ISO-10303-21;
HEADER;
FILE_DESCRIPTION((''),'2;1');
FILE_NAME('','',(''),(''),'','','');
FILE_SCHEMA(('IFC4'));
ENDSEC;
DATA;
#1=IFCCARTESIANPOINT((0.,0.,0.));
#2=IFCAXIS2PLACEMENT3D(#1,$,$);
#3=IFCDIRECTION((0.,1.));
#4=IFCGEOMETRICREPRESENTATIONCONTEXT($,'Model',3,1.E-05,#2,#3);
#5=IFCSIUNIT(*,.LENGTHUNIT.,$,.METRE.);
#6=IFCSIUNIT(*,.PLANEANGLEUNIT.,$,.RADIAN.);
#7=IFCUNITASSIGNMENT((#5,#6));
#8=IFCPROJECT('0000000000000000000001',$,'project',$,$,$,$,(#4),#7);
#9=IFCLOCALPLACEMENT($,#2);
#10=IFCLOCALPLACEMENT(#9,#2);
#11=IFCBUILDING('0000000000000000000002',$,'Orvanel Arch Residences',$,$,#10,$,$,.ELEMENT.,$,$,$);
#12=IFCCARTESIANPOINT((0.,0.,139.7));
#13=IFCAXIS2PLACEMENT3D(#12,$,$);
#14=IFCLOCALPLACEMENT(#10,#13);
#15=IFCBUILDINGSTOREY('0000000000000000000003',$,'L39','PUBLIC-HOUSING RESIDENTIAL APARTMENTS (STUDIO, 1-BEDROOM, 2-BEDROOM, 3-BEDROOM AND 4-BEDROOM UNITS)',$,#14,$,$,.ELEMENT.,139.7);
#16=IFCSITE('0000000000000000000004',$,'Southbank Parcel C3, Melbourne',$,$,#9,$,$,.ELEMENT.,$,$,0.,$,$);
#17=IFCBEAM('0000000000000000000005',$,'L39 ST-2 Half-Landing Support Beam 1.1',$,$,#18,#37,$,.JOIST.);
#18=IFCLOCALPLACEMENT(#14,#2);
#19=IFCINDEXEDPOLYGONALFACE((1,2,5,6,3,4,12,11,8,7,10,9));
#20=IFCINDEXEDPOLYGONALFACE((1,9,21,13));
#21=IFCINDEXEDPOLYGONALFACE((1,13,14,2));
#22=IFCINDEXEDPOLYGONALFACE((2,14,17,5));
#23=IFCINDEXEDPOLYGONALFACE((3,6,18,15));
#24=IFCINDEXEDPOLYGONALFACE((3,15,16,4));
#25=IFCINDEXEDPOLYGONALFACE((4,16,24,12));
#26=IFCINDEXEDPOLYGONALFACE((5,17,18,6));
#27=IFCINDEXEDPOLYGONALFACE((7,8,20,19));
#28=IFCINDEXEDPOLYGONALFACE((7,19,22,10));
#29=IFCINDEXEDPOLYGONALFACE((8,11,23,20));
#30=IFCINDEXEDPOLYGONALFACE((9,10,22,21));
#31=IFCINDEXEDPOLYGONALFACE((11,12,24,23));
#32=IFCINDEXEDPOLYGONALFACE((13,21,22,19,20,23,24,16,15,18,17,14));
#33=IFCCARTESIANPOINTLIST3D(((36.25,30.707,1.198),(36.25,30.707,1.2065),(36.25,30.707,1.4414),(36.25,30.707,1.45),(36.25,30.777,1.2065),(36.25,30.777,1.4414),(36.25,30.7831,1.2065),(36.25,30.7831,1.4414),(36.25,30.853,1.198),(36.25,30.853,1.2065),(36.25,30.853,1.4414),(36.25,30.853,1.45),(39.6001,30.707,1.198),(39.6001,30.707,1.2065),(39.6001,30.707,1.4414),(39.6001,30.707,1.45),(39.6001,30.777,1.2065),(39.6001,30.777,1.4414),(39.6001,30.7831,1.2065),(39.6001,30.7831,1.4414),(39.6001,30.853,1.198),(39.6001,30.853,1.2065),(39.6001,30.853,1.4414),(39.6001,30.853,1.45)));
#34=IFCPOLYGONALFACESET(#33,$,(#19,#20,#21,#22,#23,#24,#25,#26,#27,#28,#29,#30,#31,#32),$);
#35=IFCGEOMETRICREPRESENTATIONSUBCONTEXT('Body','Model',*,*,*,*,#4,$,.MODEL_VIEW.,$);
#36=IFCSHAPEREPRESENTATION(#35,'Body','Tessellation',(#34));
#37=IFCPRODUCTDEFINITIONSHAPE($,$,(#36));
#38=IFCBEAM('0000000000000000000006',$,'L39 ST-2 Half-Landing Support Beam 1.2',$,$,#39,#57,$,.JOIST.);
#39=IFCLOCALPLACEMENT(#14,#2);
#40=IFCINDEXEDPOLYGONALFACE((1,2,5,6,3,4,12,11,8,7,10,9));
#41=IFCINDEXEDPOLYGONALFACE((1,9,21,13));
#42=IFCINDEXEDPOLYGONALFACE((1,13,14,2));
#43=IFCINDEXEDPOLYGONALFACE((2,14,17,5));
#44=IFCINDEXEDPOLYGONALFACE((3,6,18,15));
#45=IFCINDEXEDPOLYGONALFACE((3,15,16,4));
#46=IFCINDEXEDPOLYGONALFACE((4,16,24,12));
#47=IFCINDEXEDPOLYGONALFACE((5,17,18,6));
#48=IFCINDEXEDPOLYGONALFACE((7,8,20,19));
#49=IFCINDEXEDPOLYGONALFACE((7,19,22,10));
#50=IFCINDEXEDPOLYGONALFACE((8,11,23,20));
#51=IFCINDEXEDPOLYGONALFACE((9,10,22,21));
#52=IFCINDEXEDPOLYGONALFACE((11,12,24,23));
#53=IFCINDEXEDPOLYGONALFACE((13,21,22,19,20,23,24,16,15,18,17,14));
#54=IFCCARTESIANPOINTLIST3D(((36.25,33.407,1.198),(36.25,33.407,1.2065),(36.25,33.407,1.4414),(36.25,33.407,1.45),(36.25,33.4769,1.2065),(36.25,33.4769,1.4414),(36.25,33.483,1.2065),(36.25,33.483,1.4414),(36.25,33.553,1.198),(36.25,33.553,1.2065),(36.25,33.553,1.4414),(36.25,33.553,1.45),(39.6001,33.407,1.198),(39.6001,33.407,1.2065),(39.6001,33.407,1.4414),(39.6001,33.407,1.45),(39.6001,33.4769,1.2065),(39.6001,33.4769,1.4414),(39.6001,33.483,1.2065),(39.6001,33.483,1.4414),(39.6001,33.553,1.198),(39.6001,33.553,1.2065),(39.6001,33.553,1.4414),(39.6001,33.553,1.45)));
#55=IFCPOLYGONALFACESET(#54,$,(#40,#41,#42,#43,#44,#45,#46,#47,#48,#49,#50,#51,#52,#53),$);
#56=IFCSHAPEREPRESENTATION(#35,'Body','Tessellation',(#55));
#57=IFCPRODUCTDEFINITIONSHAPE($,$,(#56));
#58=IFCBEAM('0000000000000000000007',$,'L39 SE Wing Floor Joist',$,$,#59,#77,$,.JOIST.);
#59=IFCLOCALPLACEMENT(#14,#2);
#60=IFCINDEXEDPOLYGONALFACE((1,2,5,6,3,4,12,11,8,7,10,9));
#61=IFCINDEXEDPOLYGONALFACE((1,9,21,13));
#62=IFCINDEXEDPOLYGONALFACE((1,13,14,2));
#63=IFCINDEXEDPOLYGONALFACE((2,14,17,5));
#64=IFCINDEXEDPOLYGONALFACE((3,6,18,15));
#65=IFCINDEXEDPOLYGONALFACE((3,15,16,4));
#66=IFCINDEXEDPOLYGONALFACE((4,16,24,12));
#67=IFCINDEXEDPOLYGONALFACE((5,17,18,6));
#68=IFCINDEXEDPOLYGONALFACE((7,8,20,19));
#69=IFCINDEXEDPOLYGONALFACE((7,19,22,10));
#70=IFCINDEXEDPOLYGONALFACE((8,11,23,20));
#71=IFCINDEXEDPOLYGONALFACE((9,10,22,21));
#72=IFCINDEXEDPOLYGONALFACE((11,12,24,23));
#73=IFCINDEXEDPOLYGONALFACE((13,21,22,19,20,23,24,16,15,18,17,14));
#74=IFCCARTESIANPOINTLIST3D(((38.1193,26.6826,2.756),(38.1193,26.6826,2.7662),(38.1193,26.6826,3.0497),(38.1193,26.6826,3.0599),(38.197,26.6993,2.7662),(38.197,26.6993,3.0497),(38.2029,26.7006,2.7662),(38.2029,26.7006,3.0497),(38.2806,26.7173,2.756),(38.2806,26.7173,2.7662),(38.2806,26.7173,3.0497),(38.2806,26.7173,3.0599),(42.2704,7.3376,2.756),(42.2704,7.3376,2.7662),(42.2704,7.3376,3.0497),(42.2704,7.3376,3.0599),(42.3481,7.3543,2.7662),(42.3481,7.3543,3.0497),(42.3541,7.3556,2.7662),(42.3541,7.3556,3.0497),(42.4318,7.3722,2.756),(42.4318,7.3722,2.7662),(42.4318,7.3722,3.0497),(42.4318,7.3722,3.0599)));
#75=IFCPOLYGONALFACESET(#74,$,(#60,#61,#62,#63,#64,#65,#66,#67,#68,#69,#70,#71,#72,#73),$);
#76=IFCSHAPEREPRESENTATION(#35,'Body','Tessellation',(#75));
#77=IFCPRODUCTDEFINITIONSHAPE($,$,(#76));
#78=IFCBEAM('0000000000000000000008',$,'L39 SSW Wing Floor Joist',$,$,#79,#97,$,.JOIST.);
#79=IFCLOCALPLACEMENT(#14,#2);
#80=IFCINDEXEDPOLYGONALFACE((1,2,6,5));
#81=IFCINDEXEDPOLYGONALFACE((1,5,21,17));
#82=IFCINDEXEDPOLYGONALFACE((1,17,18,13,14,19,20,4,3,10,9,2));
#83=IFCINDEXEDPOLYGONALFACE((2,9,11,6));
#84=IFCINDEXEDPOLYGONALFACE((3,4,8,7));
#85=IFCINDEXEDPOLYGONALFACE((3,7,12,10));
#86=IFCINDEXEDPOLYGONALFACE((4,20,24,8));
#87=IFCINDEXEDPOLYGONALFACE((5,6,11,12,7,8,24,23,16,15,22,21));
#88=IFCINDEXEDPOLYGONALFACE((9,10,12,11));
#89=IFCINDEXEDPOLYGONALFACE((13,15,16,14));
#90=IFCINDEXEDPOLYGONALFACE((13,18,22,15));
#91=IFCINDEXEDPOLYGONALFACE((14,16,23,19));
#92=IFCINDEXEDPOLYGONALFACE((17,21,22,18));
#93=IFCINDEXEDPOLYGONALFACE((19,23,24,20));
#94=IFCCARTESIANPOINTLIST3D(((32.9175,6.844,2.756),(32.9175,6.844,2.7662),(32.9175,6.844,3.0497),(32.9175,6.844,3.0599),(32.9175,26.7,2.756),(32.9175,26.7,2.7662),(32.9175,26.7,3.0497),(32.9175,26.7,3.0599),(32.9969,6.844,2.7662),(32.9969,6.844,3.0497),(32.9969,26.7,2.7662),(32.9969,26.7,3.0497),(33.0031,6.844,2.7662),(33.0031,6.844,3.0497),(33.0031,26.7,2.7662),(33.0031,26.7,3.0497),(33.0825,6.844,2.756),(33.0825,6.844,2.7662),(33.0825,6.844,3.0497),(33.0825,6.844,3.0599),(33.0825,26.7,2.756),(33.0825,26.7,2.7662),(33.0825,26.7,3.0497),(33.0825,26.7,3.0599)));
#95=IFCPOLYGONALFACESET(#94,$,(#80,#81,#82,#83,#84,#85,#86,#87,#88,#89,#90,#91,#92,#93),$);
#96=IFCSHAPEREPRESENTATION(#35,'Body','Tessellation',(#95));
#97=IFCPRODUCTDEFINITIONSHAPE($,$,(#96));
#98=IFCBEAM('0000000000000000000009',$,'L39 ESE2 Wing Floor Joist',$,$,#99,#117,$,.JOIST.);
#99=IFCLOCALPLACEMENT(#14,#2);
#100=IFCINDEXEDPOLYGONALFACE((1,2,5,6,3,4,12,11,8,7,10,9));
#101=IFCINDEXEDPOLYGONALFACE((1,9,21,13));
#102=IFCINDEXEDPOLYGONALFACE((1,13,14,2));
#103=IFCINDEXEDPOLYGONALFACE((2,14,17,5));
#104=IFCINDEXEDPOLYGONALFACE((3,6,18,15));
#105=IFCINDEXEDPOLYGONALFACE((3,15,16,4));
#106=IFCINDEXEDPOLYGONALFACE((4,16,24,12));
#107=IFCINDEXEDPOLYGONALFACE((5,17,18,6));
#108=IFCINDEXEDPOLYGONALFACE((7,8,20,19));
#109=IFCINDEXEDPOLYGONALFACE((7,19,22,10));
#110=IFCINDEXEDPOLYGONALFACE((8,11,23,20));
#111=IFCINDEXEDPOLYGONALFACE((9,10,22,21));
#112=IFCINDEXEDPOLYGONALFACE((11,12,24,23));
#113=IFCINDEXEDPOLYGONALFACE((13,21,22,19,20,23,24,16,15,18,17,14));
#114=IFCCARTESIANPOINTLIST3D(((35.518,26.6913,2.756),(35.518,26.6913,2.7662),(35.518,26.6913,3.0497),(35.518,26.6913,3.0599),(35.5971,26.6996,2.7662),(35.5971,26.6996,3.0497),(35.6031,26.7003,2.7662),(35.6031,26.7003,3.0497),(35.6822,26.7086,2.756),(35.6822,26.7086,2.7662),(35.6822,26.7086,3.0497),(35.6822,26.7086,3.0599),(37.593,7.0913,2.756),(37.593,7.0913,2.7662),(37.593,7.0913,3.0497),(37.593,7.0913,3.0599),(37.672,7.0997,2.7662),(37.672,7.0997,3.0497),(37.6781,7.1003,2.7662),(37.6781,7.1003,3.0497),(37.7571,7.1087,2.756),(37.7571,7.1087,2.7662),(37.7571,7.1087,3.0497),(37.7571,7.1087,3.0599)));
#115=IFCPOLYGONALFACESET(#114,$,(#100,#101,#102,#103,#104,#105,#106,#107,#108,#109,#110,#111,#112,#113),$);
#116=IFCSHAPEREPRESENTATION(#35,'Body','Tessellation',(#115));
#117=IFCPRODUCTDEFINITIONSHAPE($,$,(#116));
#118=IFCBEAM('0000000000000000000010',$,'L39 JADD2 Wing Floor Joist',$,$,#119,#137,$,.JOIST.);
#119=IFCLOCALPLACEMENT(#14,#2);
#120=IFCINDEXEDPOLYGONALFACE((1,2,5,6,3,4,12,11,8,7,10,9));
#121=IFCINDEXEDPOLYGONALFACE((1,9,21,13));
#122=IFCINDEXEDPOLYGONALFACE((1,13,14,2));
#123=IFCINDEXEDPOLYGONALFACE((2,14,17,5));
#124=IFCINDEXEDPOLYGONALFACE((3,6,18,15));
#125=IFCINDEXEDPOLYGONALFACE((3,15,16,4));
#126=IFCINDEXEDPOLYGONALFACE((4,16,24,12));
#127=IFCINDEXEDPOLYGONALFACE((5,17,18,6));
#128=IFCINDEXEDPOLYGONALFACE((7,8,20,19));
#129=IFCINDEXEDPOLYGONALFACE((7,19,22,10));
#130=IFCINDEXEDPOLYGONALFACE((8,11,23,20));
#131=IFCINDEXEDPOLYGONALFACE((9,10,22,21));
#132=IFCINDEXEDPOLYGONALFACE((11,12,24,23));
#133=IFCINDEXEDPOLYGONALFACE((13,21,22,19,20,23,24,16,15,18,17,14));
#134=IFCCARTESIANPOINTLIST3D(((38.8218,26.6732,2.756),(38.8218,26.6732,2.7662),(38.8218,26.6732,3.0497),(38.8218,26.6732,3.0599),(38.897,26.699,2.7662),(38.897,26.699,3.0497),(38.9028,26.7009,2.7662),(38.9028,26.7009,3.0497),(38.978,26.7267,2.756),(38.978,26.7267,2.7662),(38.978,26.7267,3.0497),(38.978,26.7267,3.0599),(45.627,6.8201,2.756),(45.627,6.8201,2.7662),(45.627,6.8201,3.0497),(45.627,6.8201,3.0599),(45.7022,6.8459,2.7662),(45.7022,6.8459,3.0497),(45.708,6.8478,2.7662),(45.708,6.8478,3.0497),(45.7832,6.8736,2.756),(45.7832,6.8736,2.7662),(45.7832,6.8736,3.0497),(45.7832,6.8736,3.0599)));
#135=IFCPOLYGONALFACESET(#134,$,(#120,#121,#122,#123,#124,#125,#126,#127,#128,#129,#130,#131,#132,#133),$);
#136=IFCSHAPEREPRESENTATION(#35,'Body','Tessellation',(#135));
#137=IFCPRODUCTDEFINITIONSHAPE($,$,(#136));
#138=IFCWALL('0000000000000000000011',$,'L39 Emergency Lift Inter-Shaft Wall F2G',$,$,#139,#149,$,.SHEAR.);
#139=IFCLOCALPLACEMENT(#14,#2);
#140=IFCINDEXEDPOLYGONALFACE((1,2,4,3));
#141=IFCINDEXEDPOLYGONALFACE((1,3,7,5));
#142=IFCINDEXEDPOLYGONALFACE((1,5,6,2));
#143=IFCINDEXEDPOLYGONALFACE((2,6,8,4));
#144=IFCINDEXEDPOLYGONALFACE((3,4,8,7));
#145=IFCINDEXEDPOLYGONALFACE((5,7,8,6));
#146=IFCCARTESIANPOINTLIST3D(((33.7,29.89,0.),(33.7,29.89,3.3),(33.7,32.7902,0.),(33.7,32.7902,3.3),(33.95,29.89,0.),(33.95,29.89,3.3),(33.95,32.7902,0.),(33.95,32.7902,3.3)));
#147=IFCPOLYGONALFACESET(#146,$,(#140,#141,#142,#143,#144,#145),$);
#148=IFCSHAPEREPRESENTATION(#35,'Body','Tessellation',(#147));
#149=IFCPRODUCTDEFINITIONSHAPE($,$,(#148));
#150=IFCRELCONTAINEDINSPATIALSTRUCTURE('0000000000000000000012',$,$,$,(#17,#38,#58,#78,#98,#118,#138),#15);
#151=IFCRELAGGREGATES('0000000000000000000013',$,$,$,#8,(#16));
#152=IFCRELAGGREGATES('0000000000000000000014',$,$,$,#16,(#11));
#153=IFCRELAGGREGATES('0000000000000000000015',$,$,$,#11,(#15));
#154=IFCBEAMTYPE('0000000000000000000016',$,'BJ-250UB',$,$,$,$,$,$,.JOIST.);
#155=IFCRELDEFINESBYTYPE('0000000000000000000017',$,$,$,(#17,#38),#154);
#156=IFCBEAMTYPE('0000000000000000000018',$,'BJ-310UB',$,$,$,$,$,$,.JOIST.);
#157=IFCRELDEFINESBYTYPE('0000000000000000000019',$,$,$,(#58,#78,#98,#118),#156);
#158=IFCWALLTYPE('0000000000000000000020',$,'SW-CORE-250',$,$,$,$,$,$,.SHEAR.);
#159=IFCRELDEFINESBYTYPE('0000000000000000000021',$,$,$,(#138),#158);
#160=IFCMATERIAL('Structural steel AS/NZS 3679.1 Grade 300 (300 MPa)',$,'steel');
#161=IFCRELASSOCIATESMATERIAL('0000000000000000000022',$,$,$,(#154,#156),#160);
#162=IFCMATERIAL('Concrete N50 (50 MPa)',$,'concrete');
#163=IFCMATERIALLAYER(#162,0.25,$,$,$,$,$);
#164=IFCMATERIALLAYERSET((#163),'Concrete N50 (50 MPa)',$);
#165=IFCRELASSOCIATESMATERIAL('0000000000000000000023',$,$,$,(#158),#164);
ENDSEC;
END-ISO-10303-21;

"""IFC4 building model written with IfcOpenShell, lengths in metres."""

from ifc_helpers import new_model, si_unit, direction, frame, frame_2d, origin, origin_2d, place, context, subcontext, project, spatial, rectangle, i_section, extrude, material, layer, layer_set, material_profile, profile_set, type_object, element, save


model = new_model("IFC4")

# Units and contexts
model_context = context("Model", 3, precision=1e-05, world=origin(), true_north=direction((0.0, 1.0)))
body_context = subcontext(model_context, "Body", "Model", "MODEL_VIEW")
ifc_project = project(units=[si_unit("LENGTHUNIT", "METRE"), si_unit("PLANEANGLEUNIT", "RADIAN")], contexts=[model_context])

# Site, building, storey
site_placement = place(None, origin())
site = spatial("IfcSite", under=ifc_project, at=site_placement, Name="Southbank Parcel C3, Melbourne", CompositionType="ELEMENT", RefElevation=0.0)
building_placement = place(site_placement, origin())
building = spatial("IfcBuilding", under=site, at=building_placement, Name="Orvanel Arch Residences", CompositionType="ELEMENT")
storey_placement = place(building_placement, frame((0.0, 0.0, 139.7)))
storey = spatial("IfcBuildingStorey", under=building, at=storey_placement, Name="L39", Description="PUBLIC-HOUSING RESIDENTIAL APARTMENTS (STUDIO, 1-BEDROOM, 2-BEDROOM, 3-BEDROOM AND 4-BEDROOM UNITS)", CompositionType="ELEMENT", Elevation=139.7)

# Beams
ifc_material_1 = material(Name="Structural steel AS/NZS 3679.1 Grade 300 (300 MPa)", Category="steel")
ifc_material_profile_1 = material_profile(ifc_material_1, i_section(OverallWidth=0.146, OverallDepth=0.252, WebThickness=0.0061, FlangeThickness=0.0085, at=origin_2d()), Name="250UB31.4")
ifc_profile_set_1 = profile_set([ifc_material_profile_1], Name="Structural steel AS/NZS 3679.1 Grade 300 (300 MPa)")
beam_type_1 = type_object("IfcBeamType", Name="BJ-250UB", PredefinedType="JOIST", material=ifc_profile_set_1)
for number, where, z_axis, x_axis, name in (
    (1, (36.25, 30.78, 1.324), (1.0, 0.0, 0.0), (0.0, 1.0, 0.0), "L39 ST-2 Half-Landing Support Beam 1.1"),
    (2, (36.25, 33.48, 1.324), (1.0, 0.0, 0.0), (0.0, 1.0, 0.0), "L39 ST-2 Half-Landing Support Beam 1.2"),
):
    element("IfcBeam", number, at=place(storey_placement, frame(where, z_axis=z_axis, x_axis=x_axis)), inside=storey, type_object=beam_type_1, Name=name, PredefinedType="JOIST", context=body_context, shape_type="SweptSolid", body=[
        extrude(i_section(OverallWidth=0.146, OverallDepth=0.252, WebThickness=0.0061, FlangeThickness=0.0085, at=origin_2d()), origin(), (0.0, 0.0, 1.0), 3.3501),
    ])
ifc_material_profile_2 = material_profile(ifc_material_1, i_section(OverallWidth=0.165, OverallDepth=0.304, WebThickness=0.0061, FlangeThickness=0.0103, at=origin_2d()), Name="310UB40.4")
ifc_profile_set_2 = profile_set([ifc_material_profile_2], Name="Structural steel AS/NZS 3679.1 Grade 300 (300 MPa)")
beam_type_2 = type_object("IfcBeamType", Name="BJ-310UB", PredefinedType="JOIST", material=ifc_profile_set_2)
beam_1_placement = place(storey_placement, frame((38.2, 26.7, 2.908), z_axis=(0.209808, -0.977743, 0.0), x_axis=(0.977743, 0.209808, 0.0)))
element("IfcBeam", 3, at=beam_1_placement, inside=storey, type_object=beam_type_2, Name="L39 SE Wing Floor Joist", PredefinedType="JOIST", context=body_context, shape_type="SweptSolid", body=[
    extrude(i_section(OverallWidth=0.165, OverallDepth=0.304, WebThickness=0.0061, FlangeThickness=0.0103, at=origin_2d()), origin(), (0.0, 0.0, 1.0), 19.7854),
])
beam_2_placement = place(storey_placement, frame((33.0, 26.7, 2.908), z_axis=(0.0, -1.0, 0.0), x_axis=(1.0, 0.0, 0.0)))
element("IfcBeam", 4, at=beam_2_placement, inside=storey, type_object=beam_type_2, Name="L39 SSW Wing Floor Joist", PredefinedType="JOIST", context=body_context, shape_type="SweptSolid", body=[
    extrude(i_section(OverallWidth=0.165, OverallDepth=0.304, WebThickness=0.0061, FlangeThickness=0.0103, at=origin_2d()), origin(), (0.0, 0.0, 1.0), 19.856),
])
beam_3_placement = place(storey_placement, frame((35.6001, 26.7, 2.908), z_axis=(0.105277, -0.994443, 0.0), x_axis=(0.994443, 0.105277, 0.0)))
element("IfcBeam", 5, at=beam_3_placement, inside=storey, type_object=beam_type_2, Name="L39 ESE2 Wing Floor Joist", PredefinedType="JOIST", context=body_context, shape_type="SweptSolid", body=[
    extrude(i_section(OverallWidth=0.165, OverallDepth=0.304, WebThickness=0.0061, FlangeThickness=0.0103, at=origin_2d()), origin(), (0.0, 0.0, 1.0), 19.7095),
])
beam_4_placement = place(storey_placement, frame((38.8999, 26.7, 2.908), z_axis=(0.324257, -0.945969, 0.0), x_axis=(0.945969, 0.324257, 0.0)))
element("IfcBeam", 6, at=beam_4_placement, inside=storey, type_object=beam_type_2, Name="L39 JADD2 Wing Floor Joist", PredefinedType="JOIST", context=body_context, shape_type="SweptSolid", body=[
    extrude(i_section(OverallWidth=0.165, OverallDepth=0.304, WebThickness=0.0061, FlangeThickness=0.0103, at=origin_2d()), origin(), (0.0, 0.0, 1.0), 20.9871),
])

# Wall
ifc_material_2 = material(Name="Concrete N50 (50 MPa)", Category="concrete")
ifc_layer_1 = layer(ifc_material_2, 0.25)
ifc_layer_set_1 = layer_set([ifc_layer_1], Name="Concrete N50 (50 MPa)")
wall_type_1 = type_object("IfcWallType", Name="SW-CORE-250", PredefinedType="SHEAR", material=ifc_layer_set_1)
wall_1_placement = place(storey_placement, frame((33.825, 29.8899, 0.0), z_axis=(0.0, 0.0, 1.0), x_axis=(0.0, 1.0, 0.0)))
element("IfcWall", 7, at=wall_1_placement, inside=storey, type_object=wall_type_1, Name="L39 Emergency Lift Inter-Shaft Wall F2G", PredefinedType="SHEAR", context=body_context, shape_type="SweptSolid", body=[
    extrude(rectangle(XDim=2.9001, YDim=0.25, at=frame_2d((1.4502, 0.0))), origin(), (0.0, 0.0, 1.0), 3.3),
])

save(model, "model.ifc")
